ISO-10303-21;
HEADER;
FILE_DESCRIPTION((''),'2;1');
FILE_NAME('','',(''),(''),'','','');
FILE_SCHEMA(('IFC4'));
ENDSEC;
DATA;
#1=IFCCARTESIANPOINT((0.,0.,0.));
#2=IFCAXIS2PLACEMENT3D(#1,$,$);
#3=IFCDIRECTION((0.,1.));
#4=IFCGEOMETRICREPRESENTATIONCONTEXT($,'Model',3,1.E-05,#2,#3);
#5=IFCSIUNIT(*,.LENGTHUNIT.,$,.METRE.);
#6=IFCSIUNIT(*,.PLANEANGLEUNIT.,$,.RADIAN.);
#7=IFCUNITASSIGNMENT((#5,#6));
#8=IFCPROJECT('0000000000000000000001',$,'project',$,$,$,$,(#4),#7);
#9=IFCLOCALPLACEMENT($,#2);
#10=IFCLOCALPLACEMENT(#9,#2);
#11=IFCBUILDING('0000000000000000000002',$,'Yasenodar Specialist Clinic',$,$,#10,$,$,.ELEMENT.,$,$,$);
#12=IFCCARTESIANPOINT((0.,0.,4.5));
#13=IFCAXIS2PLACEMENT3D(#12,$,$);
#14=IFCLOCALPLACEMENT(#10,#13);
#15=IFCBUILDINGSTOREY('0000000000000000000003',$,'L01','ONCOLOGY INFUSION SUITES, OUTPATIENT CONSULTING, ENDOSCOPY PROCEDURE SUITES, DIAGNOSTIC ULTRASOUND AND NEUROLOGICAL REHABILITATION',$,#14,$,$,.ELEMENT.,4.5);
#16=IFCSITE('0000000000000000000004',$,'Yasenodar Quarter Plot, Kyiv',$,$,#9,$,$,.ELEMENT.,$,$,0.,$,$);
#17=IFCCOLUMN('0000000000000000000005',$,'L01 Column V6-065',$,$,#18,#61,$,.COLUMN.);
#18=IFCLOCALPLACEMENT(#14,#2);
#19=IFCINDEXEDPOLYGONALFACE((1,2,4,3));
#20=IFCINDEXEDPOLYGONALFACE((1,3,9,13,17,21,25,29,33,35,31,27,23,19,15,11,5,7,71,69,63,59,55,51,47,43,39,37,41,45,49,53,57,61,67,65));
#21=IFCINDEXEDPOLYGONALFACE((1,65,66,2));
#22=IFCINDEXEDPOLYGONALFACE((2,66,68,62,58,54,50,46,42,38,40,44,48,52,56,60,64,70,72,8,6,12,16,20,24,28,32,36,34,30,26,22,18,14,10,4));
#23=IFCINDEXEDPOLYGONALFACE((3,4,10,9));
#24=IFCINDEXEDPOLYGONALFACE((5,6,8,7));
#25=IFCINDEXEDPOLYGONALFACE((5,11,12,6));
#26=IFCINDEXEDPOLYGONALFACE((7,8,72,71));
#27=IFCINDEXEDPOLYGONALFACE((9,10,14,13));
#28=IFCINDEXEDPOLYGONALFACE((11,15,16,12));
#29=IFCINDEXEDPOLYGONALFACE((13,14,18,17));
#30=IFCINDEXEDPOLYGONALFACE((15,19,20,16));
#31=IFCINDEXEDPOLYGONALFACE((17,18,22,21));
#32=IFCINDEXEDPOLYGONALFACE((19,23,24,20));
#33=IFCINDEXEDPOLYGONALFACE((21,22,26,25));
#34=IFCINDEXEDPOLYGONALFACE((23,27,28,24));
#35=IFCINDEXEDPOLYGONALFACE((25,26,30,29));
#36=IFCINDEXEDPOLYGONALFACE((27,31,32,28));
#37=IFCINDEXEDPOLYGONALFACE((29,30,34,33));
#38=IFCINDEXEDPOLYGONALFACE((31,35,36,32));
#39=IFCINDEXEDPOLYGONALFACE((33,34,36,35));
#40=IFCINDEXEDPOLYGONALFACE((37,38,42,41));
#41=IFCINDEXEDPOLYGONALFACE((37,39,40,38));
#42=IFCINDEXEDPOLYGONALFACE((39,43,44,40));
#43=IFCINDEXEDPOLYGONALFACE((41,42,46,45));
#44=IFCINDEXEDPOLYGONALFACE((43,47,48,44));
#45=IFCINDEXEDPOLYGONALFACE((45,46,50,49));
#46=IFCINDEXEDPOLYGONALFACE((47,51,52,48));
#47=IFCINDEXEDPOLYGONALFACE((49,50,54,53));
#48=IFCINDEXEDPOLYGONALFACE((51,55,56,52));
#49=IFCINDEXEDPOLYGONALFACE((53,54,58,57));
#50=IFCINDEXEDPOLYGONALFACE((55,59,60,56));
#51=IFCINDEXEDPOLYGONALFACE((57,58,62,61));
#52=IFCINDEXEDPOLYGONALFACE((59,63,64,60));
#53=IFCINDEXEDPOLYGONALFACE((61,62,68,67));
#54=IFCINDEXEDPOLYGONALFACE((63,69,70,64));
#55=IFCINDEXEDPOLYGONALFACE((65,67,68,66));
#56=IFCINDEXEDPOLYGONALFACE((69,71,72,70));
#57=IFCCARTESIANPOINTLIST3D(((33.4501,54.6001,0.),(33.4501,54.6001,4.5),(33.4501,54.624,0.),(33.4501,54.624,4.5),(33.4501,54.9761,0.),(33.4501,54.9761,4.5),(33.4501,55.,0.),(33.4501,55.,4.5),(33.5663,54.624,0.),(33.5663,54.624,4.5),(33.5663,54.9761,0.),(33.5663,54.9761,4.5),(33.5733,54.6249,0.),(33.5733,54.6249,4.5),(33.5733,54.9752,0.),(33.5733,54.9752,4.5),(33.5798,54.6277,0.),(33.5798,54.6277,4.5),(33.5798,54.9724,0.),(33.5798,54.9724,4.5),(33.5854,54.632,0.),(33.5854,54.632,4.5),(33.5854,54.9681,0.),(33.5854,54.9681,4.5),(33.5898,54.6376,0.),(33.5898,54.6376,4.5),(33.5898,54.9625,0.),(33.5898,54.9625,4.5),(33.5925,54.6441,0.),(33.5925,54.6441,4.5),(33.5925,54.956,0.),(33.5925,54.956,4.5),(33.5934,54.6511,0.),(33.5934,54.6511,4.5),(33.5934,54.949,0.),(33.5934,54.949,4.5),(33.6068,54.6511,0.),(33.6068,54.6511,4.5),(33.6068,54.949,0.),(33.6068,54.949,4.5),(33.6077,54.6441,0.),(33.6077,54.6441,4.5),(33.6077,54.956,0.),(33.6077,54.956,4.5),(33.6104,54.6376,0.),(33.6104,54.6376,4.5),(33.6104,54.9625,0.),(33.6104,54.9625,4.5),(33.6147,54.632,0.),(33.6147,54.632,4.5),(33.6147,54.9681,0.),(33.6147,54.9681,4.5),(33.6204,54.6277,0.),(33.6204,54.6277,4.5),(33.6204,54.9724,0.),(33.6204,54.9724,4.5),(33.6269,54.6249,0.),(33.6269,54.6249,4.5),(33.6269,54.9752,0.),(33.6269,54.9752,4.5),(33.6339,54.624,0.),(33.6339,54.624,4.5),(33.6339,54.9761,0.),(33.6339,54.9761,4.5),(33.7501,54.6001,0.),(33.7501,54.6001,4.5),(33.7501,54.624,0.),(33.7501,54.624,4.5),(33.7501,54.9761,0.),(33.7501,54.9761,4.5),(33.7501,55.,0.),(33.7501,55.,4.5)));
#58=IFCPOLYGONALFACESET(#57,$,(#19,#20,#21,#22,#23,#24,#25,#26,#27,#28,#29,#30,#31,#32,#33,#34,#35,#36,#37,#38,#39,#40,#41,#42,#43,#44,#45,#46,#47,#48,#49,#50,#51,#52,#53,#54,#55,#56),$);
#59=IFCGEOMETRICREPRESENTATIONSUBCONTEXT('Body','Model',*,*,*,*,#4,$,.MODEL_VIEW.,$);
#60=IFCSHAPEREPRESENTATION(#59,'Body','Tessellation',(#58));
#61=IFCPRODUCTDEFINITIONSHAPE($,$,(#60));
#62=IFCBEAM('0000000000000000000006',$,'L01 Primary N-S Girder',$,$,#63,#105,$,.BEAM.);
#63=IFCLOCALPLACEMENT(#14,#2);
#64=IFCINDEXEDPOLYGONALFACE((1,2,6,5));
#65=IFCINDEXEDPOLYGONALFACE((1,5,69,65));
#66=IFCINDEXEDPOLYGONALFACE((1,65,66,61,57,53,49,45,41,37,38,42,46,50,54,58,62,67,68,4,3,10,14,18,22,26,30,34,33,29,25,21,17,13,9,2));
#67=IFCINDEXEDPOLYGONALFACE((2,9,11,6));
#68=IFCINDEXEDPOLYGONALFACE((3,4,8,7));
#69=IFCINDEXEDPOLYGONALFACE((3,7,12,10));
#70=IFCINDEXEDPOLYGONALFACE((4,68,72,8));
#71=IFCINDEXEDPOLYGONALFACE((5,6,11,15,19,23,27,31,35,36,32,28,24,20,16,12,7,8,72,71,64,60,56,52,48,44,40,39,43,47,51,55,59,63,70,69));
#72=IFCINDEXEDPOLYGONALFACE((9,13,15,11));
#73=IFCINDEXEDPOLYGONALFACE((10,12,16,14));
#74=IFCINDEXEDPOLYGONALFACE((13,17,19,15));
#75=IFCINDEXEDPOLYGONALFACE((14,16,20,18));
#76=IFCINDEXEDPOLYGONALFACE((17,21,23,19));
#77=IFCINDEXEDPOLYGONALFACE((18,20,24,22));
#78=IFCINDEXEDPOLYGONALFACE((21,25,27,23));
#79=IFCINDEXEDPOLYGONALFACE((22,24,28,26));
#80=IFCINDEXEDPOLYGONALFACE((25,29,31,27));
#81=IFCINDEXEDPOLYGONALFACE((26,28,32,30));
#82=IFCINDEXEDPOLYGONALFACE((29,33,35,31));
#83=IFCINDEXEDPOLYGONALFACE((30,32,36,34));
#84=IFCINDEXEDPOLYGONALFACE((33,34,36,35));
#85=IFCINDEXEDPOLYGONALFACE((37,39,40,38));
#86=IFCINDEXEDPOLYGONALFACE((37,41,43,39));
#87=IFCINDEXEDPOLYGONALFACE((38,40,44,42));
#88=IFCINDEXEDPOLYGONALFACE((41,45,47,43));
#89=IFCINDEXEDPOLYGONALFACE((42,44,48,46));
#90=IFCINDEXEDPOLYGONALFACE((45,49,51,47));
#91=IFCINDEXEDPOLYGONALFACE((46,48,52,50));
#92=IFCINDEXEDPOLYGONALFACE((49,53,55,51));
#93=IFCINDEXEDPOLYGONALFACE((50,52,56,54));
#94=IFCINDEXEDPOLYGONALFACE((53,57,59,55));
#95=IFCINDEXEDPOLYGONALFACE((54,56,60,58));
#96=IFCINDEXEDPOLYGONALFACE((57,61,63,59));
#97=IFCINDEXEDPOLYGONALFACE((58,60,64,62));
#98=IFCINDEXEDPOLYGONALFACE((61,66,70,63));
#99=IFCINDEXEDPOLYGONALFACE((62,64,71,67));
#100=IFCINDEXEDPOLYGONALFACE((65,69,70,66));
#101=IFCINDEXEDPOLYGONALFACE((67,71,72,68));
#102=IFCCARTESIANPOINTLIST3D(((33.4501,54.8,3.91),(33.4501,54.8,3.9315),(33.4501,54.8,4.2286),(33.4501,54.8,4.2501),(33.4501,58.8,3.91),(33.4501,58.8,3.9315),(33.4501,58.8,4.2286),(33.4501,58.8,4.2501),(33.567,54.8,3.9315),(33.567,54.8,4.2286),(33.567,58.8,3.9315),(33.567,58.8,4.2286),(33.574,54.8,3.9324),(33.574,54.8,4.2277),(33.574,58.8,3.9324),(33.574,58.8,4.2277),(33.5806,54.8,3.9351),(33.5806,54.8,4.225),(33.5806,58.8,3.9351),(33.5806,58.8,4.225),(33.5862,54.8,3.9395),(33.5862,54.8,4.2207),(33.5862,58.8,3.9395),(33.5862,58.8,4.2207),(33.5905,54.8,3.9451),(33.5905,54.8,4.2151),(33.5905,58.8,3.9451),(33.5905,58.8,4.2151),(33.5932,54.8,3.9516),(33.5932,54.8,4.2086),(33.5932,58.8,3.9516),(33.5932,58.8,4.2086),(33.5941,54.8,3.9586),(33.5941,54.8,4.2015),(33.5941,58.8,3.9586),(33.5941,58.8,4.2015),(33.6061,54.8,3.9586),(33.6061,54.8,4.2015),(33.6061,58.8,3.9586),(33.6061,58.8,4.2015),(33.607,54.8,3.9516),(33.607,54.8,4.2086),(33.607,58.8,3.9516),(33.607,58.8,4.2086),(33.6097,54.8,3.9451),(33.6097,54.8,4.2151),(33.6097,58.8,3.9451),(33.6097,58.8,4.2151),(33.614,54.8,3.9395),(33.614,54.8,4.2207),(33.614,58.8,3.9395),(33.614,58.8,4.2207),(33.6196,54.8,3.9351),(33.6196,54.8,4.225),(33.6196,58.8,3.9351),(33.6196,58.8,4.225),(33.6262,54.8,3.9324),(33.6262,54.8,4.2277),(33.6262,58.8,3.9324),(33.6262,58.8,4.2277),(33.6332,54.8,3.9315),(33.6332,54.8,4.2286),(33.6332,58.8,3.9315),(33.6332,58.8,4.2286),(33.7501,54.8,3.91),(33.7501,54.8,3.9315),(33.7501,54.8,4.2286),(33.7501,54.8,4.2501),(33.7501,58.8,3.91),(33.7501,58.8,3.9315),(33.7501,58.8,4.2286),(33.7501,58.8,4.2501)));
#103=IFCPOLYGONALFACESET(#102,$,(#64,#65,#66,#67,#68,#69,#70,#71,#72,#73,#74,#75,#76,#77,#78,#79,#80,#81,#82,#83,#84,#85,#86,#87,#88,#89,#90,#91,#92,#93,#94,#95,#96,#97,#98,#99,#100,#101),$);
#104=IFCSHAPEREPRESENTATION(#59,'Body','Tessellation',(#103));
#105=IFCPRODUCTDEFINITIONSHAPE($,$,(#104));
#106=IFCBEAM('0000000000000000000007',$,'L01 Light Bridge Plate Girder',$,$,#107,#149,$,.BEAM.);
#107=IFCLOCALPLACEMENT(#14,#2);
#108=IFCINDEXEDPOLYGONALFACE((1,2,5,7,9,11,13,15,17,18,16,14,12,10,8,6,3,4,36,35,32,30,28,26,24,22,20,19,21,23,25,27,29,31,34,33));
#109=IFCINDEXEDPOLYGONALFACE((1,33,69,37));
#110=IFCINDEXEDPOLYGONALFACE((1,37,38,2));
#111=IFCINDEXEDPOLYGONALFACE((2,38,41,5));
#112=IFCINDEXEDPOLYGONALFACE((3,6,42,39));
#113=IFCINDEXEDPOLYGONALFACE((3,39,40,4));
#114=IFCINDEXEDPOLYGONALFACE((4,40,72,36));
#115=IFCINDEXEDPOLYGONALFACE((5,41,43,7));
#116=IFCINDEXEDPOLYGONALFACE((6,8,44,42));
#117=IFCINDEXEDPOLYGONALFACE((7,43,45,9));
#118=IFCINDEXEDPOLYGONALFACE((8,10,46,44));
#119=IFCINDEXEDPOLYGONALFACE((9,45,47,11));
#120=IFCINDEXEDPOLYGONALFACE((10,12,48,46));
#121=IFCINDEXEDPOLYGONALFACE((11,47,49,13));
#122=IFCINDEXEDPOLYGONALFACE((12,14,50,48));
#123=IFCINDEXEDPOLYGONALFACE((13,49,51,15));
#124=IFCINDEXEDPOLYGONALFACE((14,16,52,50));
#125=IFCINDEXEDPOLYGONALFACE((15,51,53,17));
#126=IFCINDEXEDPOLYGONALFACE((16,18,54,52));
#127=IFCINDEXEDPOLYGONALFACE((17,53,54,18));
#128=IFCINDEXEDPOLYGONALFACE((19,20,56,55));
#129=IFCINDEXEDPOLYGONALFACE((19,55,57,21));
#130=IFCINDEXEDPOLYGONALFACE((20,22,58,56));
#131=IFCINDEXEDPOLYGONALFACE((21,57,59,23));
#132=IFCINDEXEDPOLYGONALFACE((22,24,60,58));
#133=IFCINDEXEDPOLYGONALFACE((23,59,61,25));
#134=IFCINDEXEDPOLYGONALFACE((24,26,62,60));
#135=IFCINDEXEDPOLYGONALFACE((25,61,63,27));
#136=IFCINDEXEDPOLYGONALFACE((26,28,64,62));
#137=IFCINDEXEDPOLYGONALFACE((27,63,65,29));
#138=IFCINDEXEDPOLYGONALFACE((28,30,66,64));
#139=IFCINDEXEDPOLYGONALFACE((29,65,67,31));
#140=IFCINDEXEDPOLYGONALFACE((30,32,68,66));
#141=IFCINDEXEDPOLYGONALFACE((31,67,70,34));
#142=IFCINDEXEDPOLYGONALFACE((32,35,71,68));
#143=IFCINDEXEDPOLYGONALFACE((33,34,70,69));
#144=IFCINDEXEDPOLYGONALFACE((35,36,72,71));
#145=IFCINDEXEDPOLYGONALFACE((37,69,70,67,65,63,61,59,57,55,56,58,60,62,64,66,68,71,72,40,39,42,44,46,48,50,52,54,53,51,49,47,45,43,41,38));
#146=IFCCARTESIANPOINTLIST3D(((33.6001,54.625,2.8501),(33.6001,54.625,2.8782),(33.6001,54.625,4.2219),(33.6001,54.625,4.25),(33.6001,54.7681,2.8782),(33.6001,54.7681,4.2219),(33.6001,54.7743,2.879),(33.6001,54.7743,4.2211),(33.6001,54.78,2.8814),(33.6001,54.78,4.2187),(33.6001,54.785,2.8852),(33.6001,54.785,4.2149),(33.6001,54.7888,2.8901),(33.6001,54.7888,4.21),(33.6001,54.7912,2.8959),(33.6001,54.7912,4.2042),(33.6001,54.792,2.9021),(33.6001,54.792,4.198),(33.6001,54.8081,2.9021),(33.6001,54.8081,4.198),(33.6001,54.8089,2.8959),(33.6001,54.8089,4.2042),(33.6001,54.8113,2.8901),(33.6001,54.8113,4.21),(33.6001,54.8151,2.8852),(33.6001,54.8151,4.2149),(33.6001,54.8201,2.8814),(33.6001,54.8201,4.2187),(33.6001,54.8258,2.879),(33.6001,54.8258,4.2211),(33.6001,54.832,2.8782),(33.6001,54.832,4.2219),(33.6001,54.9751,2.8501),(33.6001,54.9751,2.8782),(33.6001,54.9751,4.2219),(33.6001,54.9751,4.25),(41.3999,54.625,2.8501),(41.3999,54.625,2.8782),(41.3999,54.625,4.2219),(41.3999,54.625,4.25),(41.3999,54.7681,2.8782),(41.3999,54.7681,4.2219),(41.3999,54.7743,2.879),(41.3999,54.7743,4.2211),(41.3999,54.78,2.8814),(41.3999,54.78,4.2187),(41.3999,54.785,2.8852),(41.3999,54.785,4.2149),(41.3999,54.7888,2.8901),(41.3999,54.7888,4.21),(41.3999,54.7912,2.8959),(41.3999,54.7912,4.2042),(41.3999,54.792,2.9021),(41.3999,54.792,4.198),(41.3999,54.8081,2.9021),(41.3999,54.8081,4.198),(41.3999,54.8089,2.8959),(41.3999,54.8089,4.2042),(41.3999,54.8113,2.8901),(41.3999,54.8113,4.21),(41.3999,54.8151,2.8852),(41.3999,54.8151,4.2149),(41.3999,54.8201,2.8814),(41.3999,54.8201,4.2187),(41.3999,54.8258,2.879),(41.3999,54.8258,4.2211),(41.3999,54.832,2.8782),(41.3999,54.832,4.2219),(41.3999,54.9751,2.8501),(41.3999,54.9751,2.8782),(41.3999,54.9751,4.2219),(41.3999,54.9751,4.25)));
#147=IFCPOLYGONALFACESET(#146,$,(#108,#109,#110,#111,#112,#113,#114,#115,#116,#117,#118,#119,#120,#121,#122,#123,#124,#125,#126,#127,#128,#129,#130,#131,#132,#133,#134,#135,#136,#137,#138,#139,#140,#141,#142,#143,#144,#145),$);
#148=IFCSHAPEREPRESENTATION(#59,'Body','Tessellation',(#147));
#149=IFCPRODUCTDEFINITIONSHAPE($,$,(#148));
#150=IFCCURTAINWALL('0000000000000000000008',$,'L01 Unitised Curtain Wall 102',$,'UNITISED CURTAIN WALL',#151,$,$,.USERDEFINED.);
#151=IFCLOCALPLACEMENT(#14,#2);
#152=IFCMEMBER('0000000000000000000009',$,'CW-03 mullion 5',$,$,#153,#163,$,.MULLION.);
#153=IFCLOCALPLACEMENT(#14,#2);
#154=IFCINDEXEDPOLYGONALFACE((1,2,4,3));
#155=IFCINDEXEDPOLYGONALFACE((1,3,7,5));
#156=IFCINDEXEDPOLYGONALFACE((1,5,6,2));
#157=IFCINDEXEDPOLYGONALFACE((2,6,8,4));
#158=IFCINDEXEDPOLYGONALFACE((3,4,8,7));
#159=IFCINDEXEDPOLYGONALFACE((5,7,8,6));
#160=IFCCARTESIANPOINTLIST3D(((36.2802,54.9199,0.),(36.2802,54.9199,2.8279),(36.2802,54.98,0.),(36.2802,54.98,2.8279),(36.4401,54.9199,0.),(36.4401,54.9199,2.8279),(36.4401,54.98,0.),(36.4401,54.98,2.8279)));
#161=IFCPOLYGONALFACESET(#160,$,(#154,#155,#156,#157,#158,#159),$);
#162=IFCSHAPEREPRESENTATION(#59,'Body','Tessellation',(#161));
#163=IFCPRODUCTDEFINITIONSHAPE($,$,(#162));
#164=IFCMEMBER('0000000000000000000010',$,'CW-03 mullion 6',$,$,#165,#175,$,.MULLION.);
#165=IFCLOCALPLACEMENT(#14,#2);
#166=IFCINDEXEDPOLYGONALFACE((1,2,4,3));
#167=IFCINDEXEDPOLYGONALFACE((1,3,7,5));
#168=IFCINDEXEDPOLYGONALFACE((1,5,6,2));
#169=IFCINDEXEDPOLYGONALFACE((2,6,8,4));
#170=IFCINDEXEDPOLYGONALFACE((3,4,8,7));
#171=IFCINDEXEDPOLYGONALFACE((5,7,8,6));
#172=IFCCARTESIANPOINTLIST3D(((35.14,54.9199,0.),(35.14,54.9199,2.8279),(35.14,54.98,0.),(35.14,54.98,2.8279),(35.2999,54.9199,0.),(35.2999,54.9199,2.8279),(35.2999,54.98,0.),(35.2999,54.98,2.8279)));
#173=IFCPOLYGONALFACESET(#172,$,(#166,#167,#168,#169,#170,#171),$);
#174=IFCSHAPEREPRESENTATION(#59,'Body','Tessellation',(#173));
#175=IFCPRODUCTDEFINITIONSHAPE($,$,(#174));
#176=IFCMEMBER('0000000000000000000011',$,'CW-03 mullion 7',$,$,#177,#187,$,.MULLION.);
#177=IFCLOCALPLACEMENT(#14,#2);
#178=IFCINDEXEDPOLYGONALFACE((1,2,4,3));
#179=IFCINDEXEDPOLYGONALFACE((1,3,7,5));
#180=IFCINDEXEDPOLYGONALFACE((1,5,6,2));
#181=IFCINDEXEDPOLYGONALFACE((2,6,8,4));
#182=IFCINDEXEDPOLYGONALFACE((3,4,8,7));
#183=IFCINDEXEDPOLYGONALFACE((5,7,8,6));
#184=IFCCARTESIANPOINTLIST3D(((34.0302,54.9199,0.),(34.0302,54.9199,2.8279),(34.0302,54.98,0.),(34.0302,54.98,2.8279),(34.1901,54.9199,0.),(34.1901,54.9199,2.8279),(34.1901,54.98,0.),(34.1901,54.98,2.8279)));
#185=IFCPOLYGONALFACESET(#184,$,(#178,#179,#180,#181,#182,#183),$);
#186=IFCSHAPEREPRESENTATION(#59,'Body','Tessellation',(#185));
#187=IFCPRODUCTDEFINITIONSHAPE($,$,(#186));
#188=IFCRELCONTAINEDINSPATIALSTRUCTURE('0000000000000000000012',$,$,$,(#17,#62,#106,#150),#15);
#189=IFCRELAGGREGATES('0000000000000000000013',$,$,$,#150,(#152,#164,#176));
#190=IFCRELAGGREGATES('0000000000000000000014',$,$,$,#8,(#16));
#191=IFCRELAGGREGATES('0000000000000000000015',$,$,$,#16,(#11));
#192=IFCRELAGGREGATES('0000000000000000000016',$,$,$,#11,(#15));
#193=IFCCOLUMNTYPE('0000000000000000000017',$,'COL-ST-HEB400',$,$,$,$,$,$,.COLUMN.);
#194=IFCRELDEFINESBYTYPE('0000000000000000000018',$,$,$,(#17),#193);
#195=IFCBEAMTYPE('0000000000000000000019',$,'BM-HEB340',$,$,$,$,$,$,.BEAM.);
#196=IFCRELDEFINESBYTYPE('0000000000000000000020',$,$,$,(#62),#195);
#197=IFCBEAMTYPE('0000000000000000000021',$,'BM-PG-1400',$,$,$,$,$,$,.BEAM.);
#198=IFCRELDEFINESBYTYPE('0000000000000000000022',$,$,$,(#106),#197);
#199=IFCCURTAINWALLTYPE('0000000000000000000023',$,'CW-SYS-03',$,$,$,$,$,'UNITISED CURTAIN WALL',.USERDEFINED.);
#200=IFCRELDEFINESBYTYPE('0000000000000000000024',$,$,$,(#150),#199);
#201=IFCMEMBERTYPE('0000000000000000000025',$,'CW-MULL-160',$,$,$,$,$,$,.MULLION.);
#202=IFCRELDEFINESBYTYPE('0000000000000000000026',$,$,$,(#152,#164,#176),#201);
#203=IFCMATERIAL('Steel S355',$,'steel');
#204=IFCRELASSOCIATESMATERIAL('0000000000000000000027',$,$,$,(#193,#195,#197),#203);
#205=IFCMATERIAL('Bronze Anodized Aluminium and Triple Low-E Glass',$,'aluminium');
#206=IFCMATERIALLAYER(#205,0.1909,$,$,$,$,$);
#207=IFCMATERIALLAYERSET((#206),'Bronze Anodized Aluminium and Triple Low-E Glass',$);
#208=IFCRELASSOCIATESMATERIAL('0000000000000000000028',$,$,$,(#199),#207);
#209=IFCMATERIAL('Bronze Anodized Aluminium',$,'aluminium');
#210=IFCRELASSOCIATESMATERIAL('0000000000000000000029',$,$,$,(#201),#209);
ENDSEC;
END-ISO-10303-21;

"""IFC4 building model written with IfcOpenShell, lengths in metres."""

from ifc_helpers import new_model, si_unit, direction, frame, origin, origin_2d, place, context, subcontext, project, spatial, rectangle, i_section, extrude, material, layer, layer_set, material_profile, profile_set, type_object, element, aggregate, save


model = new_model("IFC4")

# Units and contexts
model_context = context("Model", 3, precision=1e-05, world=origin(), true_north=direction((0.0, 1.0)))
body_context = subcontext(model_context, "Body", "Model", "MODEL_VIEW")
ifc_project = project(units=[si_unit("LENGTHUNIT", "METRE"), si_unit("PLANEANGLEUNIT", "RADIAN")], contexts=[model_context])

# Site, building, storey
site_placement = place(None, origin())
site = spatial("IfcSite", under=ifc_project, at=site_placement, Name="Yasenodar Quarter Plot, Kyiv", CompositionType="ELEMENT", RefElevation=0.0)
building_placement = place(site_placement, origin())
building = spatial("IfcBuilding", under=site, at=building_placement, Name="Yasenodar Specialist Clinic", CompositionType="ELEMENT")
storey_placement = place(building_placement, frame((0.0, 0.0, 4.5)))
storey = spatial("IfcBuildingStorey", under=building, at=storey_placement, Name="L01", Description="ONCOLOGY INFUSION SUITES, OUTPATIENT CONSULTING, ENDOSCOPY PROCEDURE SUITES, DIAGNOSTIC ULTRASOUND AND NEUROLOGICAL REHABILITATION", CompositionType="ELEMENT", Elevation=4.5)

# Column
ifc_material_1 = material(Name="Steel S355", Category="steel")
ifc_material_profile_1 = material_profile(ifc_material_1, i_section(OverallWidth=0.3, OverallDepth=0.3999, WebThickness=0.0134, FlangeThickness=0.0239, FilletRadius=0.0271, at=origin_2d()), Name="HEB 400")
ifc_profile_set_1 = profile_set([ifc_material_profile_1], Name="Steel S355")
column_type = type_object("IfcColumnType", Name="COL-ST-HEB400", PredefinedType="COLUMN", material=ifc_profile_set_1)
column_placement = place(storey_placement, frame((33.6001, 54.8, 0.0), z_axis=(0.0, 0.0, 1.0), x_axis=(1.0, 0.0, 0.0)))
element("IfcColumn", 1, at=column_placement, inside=storey, type_object=column_type, Name="L01 Column V6-065", PredefinedType="COLUMN", context=body_context, shape_type="SweptSolid", body=[
    extrude(i_section(OverallWidth=0.3, OverallDepth=0.3999, WebThickness=0.0134, FlangeThickness=0.0239, FilletRadius=0.0271, at=origin_2d()), origin(), (0.0, 0.0, 1.0), 4.5),
])

# Beams
ifc_material_profile_2 = material_profile(ifc_material_1, i_section(OverallWidth=0.3, OverallDepth=0.3401, WebThickness=0.012, FlangeThickness=0.0215, FilletRadius=0.0271, at=origin_2d()), Name="HEB 340")
ifc_profile_set_2 = profile_set([ifc_material_profile_2], Name="Steel S355")
beam_type_1 = type_object("IfcBeamType", Name="BM-HEB340", PredefinedType="BEAM", material=ifc_profile_set_2)
beam_1_placement = place(storey_placement, frame((33.6001, 54.8, 4.0801), z_axis=(0.0, 1.0, 0.0), x_axis=(-1.0, 0.0, 0.0)))
element("IfcBeam", 2, at=beam_1_placement, inside=storey, type_object=beam_type_1, Name="L01 Primary N-S Girder", PredefinedType="BEAM", context=body_context, shape_type="SweptSolid", body=[
    extrude(i_section(OverallWidth=0.3, OverallDepth=0.3401, WebThickness=0.012, FlangeThickness=0.0215, FilletRadius=0.0271, at=origin_2d()), origin(), (0.0, 0.0, 1.0), 4.0),
])
ifc_material_profile_3 = material_profile(ifc_material_1, i_section(OverallWidth=0.3501, OverallDepth=1.3999, WebThickness=0.0161, FlangeThickness=0.0281, FilletRadius=0.0239, at=origin_2d()), Name="PG 1400x350")
ifc_profile_set_3 = profile_set([ifc_material_profile_3], Name="Steel S355")
beam_type_2 = type_object("IfcBeamType", Name="BM-PG-1400", PredefinedType="BEAM", material=ifc_profile_set_3)
beam_2_placement = place(storey_placement, frame((33.6001, 54.8, 3.55), z_axis=(1.0, 0.0, 0.0), x_axis=(0.0, 1.0, 0.0)))
element("IfcBeam", 3, at=beam_2_placement, inside=storey, type_object=beam_type_2, Name="L01 Light Bridge Plate Girder", PredefinedType="BEAM", context=body_context, shape_type="SweptSolid", body=[
    extrude(i_section(OverallWidth=0.3501, OverallDepth=1.3999, WebThickness=0.0161, FlangeThickness=0.0281, FilletRadius=0.0239, at=origin_2d()), origin(), (0.0, 0.0, 1.0), 7.7998),
])

# Curtain wall, members
ifc_material_2 = material(Name="Bronze Anodized Aluminium and Triple Low-E Glass", Category="aluminium")
ifc_layer_1 = layer(ifc_material_2, 0.1909)
ifc_layer_set_1 = layer_set([ifc_layer_1], Name="Bronze Anodized Aluminium and Triple Low-E Glass")
curtain_wall_type = type_object("IfcCurtainWallType", Name="CW-SYS-03", ElementType="UNITISED CURTAIN WALL", PredefinedType="USERDEFINED", material=ifc_layer_set_1)
curtain_wall_placement = place(storey_placement, origin())
curtain_wall = element("IfcCurtainWall", 4, at=curtain_wall_placement, inside=storey, type_object=curtain_wall_type, Name="L01 Unitised Curtain Wall 102", ObjectType="UNITISED CURTAIN WALL", PredefinedType="USERDEFINED")
ifc_material_3 = material(Name="Bronze Anodized Aluminium", Category="aluminium")
ifc_material_profile_4 = material_profile(ifc_material_3, rectangle(XDim=0.0601, YDim=0.1599, at=origin_2d()), Name="CW-MULL 60x160")
ifc_profile_set_4 = profile_set([ifc_material_profile_4], Name="Bronze Anodized Aluminium")
member_type_1 = type_object("IfcMemberType", Name="CW-MULL-160", PredefinedType="MULLION", material=ifc_profile_set_4)
member_1_placement = place(storey_placement, frame((36.3601, 54.95, 0.0), z_axis=(0.0, 0.0, 1.0), x_axis=(0.0, -1.0, 0.0)))
member_1 = element("IfcMember", 5, at=member_1_placement, type_object=member_type_1, Name="CW-03 mullion 5", PredefinedType="MULLION", context=body_context, shape_type="SweptSolid", body=[
    extrude(rectangle(XDim=0.0601, YDim=0.1599, at=origin_2d()), origin(), (0.0, 0.0, 1.0), 2.8279),
])
member_2_placement = place(storey_placement, frame((35.22, 54.95, 0.0), z_axis=(0.0, 0.0, 1.0), x_axis=(0.0, -1.0, 0.0)))
member_2 = element("IfcMember", 6, at=member_2_placement, type_object=member_type_1, Name="CW-03 mullion 6", PredefinedType="MULLION", context=body_context, shape_type="SweptSolid", body=[
    extrude(rectangle(XDim=0.0601, YDim=0.1599, at=origin_2d()), origin(), (0.0, 0.0, 1.0), 2.8279),
])
member_3_placement = place(storey_placement, frame((34.1101, 54.95, 0.0), z_axis=(0.0, 0.0, 1.0), x_axis=(0.0, -1.0, 0.0)))
member_3 = element("IfcMember", 7, at=member_3_placement, type_object=member_type_1, Name="CW-03 mullion 7", PredefinedType="MULLION", context=body_context, shape_type="SweptSolid", body=[
    extrude(rectangle(XDim=0.0601, YDim=0.1599, at=origin_2d()), origin(), (0.0, 0.0, 1.0), 2.8279),
])
aggregate(curtain_wall, [member_1, member_2, member_3])

save(model, "model.ifc")
